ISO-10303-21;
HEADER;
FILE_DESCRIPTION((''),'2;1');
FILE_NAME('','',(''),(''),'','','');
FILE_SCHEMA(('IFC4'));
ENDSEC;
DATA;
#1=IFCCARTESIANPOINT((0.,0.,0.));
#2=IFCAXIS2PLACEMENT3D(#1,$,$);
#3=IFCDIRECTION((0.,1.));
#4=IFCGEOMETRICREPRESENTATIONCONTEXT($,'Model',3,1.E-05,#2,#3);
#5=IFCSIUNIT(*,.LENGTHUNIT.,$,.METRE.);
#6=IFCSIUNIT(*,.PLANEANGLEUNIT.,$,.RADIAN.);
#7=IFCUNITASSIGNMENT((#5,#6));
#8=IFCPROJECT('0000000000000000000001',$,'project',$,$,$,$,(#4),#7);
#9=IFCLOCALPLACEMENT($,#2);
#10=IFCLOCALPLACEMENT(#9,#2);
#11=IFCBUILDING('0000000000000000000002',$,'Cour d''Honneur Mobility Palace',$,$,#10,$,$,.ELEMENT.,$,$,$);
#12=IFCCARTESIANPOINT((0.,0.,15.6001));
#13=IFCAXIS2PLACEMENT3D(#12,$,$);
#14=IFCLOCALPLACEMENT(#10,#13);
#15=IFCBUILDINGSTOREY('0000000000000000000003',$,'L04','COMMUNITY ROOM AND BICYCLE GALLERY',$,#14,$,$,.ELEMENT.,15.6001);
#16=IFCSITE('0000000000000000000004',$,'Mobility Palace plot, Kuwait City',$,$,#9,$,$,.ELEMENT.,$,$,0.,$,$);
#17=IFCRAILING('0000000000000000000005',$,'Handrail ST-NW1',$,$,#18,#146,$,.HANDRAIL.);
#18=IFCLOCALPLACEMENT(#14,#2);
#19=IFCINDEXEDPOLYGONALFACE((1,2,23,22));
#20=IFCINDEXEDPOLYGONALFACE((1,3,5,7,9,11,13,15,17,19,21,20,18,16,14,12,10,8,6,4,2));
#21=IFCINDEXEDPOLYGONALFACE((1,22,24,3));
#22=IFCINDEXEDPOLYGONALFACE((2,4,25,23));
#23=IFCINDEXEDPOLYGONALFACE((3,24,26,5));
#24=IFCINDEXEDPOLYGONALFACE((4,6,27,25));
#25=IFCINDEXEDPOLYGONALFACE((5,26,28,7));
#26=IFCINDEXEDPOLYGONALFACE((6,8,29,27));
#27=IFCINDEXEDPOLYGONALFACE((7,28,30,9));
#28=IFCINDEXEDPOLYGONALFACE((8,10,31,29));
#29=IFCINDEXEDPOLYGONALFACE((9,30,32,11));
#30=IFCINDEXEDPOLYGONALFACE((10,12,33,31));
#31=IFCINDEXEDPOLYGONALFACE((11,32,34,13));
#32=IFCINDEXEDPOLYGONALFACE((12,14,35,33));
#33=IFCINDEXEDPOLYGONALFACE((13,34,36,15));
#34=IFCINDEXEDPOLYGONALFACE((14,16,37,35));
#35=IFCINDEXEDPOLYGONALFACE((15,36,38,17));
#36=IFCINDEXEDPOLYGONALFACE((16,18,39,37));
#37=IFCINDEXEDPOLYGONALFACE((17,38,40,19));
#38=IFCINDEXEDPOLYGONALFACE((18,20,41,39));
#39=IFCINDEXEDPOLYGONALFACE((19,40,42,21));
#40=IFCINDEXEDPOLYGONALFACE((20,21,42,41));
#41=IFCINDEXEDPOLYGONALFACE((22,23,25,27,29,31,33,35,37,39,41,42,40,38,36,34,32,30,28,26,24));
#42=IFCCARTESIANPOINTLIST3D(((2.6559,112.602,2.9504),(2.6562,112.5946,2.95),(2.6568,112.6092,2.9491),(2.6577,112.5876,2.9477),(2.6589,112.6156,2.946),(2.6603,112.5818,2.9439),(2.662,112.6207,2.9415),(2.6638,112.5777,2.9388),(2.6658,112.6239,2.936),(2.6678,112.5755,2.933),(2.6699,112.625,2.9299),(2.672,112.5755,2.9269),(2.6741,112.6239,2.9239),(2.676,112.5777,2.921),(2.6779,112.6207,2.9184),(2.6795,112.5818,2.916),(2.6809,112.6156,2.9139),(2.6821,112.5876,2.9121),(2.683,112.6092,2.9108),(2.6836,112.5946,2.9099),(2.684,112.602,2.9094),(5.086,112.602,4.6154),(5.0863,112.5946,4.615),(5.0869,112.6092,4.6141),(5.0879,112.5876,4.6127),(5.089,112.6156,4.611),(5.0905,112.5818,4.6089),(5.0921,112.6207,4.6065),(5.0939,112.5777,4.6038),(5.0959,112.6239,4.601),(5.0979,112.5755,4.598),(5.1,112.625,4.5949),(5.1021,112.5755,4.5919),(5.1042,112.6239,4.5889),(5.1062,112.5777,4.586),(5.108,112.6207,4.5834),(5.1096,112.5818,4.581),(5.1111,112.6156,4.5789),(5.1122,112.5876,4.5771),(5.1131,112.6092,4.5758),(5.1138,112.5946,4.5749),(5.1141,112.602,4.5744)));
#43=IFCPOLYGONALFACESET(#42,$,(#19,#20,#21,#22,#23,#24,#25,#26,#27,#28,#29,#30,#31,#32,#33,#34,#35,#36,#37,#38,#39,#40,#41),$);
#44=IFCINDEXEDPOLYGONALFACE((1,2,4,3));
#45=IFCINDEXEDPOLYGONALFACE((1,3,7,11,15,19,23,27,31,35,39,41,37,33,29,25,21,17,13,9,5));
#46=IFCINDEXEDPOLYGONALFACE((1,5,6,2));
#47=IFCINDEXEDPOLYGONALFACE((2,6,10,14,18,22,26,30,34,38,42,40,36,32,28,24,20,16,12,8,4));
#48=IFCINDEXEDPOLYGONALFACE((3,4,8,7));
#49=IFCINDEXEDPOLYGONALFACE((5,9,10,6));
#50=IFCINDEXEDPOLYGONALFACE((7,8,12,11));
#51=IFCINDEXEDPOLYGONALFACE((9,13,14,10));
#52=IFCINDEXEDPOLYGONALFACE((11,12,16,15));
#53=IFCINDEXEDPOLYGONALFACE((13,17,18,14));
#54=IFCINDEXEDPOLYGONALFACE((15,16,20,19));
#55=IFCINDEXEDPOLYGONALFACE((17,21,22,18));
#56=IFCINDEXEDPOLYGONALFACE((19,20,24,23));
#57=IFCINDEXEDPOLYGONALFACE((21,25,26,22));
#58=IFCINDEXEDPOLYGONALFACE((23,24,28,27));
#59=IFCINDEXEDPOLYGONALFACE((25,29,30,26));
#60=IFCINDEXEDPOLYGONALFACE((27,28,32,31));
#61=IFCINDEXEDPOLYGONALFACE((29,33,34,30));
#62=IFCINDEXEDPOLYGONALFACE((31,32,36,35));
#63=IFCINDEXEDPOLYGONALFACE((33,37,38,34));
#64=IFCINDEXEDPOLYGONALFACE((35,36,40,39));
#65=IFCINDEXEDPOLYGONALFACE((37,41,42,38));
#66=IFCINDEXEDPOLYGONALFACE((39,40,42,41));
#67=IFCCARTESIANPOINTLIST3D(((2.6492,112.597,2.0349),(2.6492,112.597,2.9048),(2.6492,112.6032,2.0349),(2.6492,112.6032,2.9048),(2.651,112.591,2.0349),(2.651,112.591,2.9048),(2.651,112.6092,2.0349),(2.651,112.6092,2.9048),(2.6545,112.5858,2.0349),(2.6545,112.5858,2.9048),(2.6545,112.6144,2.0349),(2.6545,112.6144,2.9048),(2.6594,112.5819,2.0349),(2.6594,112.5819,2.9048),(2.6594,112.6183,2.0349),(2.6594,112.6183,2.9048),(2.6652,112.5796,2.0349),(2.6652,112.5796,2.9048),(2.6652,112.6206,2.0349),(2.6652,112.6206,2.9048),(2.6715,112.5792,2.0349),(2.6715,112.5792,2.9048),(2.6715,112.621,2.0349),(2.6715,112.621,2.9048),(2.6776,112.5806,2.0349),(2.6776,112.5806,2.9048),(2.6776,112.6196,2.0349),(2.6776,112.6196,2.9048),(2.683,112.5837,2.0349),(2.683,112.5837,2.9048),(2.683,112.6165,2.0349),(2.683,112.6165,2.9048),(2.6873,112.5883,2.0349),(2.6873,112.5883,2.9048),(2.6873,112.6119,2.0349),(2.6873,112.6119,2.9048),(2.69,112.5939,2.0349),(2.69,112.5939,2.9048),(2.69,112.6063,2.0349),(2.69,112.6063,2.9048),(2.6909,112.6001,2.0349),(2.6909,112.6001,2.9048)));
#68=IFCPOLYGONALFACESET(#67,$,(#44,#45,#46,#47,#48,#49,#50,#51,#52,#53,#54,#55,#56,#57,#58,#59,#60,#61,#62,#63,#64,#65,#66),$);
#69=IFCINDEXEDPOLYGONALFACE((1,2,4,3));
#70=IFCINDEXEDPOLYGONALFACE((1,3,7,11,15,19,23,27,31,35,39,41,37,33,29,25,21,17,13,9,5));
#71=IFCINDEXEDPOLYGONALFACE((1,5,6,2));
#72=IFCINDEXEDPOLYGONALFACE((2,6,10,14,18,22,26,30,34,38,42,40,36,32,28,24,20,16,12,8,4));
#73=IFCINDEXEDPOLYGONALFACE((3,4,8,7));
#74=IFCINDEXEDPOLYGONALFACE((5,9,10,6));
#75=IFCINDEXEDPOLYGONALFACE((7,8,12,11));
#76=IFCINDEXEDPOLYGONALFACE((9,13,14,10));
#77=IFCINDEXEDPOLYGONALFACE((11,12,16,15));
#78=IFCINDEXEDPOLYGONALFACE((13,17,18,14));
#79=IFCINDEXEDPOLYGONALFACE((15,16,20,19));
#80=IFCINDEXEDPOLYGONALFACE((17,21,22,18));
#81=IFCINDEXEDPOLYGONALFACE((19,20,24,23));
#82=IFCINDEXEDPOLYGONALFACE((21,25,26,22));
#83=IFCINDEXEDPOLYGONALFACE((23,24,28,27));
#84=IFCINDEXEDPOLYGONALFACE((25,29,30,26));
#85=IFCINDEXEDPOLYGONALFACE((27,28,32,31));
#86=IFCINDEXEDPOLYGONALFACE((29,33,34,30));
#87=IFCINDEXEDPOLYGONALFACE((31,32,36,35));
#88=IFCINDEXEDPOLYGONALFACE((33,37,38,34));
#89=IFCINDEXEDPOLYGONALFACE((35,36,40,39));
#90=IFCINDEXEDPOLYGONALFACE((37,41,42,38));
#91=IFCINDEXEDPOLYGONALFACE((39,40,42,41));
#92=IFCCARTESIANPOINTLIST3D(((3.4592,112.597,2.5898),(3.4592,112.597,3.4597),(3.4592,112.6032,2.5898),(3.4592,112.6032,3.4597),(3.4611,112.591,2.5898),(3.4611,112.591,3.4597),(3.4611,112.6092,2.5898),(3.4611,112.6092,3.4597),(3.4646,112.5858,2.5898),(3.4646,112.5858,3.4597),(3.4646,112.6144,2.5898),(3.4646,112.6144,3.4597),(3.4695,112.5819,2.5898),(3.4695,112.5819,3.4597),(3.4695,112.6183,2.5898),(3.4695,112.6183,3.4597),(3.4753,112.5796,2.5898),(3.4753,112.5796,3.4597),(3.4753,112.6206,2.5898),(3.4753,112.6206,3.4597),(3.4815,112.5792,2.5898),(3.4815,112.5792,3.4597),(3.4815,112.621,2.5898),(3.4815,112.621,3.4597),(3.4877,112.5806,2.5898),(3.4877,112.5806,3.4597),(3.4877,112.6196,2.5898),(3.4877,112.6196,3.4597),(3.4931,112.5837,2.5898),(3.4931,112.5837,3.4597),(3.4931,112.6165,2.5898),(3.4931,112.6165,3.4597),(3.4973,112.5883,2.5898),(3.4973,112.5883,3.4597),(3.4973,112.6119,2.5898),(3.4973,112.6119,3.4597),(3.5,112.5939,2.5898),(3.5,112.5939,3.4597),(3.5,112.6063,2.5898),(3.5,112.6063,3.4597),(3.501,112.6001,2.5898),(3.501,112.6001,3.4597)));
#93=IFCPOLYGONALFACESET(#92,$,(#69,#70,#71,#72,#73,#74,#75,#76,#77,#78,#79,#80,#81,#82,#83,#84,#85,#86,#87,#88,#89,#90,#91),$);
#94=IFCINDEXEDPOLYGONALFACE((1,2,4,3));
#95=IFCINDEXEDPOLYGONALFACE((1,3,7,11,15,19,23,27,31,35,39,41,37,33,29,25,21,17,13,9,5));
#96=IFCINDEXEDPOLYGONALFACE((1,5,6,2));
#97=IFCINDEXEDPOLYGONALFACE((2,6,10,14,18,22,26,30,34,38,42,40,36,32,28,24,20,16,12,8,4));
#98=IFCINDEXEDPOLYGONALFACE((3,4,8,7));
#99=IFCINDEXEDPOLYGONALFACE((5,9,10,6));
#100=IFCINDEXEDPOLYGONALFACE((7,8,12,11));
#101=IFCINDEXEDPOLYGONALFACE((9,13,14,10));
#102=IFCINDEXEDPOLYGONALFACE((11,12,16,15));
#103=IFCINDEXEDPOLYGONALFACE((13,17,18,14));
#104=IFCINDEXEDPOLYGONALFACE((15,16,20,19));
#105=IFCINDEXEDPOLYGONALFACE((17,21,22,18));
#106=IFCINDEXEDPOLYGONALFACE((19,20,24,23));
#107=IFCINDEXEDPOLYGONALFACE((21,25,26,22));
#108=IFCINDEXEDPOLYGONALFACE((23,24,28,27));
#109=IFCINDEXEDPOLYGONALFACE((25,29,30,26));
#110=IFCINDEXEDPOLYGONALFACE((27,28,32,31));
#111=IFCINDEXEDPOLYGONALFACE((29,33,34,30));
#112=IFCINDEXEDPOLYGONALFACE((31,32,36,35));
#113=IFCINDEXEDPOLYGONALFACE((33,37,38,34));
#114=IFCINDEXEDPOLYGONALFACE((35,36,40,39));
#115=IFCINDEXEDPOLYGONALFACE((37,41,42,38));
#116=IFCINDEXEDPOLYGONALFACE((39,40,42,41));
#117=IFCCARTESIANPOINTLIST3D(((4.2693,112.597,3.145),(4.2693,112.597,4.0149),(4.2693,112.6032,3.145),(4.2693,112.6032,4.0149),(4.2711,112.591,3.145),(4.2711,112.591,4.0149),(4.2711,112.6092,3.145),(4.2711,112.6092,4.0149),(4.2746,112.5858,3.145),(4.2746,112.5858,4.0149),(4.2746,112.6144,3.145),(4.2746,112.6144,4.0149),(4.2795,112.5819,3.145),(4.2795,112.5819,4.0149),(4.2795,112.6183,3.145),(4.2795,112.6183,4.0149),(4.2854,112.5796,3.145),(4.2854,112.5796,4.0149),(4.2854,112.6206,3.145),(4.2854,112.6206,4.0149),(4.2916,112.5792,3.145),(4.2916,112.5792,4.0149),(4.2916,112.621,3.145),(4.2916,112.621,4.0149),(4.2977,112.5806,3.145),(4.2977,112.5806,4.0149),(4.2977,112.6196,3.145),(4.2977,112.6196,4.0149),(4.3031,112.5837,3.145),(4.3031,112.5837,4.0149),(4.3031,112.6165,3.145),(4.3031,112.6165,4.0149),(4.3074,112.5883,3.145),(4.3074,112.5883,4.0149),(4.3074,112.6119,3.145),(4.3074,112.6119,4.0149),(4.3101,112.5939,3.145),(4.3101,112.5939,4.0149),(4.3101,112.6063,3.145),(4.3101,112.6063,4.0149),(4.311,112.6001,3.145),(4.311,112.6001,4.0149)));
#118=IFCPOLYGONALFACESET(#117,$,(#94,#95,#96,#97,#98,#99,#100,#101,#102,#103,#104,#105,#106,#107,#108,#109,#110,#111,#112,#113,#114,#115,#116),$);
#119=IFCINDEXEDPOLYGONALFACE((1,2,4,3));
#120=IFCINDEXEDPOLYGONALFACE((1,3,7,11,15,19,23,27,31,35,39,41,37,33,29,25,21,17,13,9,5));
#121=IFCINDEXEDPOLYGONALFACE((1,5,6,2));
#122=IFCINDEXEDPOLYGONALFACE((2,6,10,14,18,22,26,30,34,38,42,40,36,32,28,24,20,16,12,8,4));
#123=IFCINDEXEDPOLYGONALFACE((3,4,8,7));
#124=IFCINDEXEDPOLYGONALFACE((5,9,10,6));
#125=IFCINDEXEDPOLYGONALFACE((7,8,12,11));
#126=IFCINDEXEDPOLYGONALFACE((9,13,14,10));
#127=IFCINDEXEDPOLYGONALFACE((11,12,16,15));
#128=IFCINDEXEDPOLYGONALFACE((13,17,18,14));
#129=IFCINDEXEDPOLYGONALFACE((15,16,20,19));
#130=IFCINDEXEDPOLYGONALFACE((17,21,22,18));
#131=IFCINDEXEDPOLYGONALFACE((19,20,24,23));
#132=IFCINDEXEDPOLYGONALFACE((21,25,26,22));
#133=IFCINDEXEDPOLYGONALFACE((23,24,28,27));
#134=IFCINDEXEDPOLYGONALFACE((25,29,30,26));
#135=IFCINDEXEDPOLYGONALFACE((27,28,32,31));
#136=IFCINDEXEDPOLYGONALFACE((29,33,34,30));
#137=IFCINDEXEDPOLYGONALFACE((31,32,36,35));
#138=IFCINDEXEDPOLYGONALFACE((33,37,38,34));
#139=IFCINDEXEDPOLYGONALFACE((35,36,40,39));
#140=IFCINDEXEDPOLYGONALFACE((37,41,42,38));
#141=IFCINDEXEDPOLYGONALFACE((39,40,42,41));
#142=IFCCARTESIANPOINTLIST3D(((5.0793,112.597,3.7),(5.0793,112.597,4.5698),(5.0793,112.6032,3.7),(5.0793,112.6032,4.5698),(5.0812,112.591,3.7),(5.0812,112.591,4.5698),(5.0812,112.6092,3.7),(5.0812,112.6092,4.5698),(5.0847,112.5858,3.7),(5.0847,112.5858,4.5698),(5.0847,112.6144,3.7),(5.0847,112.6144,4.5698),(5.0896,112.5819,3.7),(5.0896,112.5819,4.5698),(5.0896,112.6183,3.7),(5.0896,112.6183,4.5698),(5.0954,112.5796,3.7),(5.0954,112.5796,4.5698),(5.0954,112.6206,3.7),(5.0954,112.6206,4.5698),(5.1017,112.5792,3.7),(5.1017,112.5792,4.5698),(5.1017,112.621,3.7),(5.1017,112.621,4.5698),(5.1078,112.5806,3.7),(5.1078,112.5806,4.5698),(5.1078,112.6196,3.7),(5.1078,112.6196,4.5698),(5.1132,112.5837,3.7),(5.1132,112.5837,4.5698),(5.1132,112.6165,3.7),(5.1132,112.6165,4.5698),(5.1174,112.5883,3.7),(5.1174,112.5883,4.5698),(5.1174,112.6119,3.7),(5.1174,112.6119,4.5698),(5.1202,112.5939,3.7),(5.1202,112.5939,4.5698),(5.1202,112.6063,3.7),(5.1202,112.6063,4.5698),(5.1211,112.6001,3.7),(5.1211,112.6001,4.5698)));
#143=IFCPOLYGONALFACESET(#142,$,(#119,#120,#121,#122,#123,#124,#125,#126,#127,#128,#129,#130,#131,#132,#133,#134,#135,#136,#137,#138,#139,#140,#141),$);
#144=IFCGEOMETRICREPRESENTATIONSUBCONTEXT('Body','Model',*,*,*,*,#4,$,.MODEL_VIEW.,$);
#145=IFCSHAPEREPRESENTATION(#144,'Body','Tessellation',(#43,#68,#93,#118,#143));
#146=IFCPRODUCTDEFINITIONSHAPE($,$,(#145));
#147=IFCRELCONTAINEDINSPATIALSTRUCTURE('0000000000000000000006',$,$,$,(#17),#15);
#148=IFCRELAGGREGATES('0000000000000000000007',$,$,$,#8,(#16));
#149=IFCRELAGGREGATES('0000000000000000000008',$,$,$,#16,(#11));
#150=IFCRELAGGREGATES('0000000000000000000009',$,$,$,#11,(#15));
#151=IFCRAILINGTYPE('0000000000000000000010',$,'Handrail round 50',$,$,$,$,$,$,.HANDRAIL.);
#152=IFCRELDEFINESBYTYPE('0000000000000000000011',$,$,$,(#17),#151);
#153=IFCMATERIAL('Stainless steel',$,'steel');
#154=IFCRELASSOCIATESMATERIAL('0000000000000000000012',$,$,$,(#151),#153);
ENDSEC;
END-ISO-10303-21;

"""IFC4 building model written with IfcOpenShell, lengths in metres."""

from ifc_helpers import new_model, si_unit, direction, frame, origin, origin_2d, place, context, subcontext, project, spatial, circle, extrude, material, type_object, element, save


model = new_model("IFC4")

# Units and contexts
model_context = context("Model", 3, precision=1e-05, world=origin(), true_north=direction((0.0, 1.0)))
body_context = subcontext(model_context, "Body", "Model", "MODEL_VIEW")
ifc_project = project(units=[si_unit("LENGTHUNIT", "METRE"), si_unit("PLANEANGLEUNIT", "RADIAN")], contexts=[model_context])

# Site, building, storey
site_placement = place(None, origin())
site = spatial("IfcSite", under=ifc_project, at=site_placement, Name="Mobility Palace plot, Kuwait City", CompositionType="ELEMENT", RefElevation=0.0)
building_placement = place(site_placement, origin())
building = spatial("IfcBuilding", under=site, at=building_placement, Name="Cour d'Honneur Mobility Palace", CompositionType="ELEMENT")
storey_placement = place(building_placement, frame((0.0, 0.0, 15.6001)))
storey = spatial("IfcBuildingStorey", under=building, at=storey_placement, Name="L04", Description="COMMUNITY ROOM AND BICYCLE GALLERY", CompositionType="ELEMENT", Elevation=15.6001)

# Railing
ifc_material_1 = material(Name="Stainless steel", Category="steel")
railing_type_1 = type_object("IfcRailingType", Name="Handrail round 50", PredefinedType="HANDRAIL", material=ifc_material_1)
railing_1_placement = place(storey_placement, frame((2.6699, 112.6001, 2.0349)))
element("IfcRailing", 1, at=railing_1_placement, inside=storey, type_object=railing_type_1, Name="Handrail ST-NW1", PredefinedType="HANDRAIL", context=body_context, shape_type="SweptSolid", body=[
    extrude(circle(Radius=0.0249, at=origin_2d()), frame((0.0, 0.0, 0.895), z_axis=(0.824945, 0.0, 0.565213), x_axis=(0.0, 1.0, 0.0)), (0.0, 0.0, 1.0), 2.9458),
    extrude(circle(Radius=0.021, at=origin_2d()), origin(), (0.0, 0.0, 1.0), 0.8699),
    extrude(circle(Radius=0.021, at=origin_2d()), frame((0.8101, 0.0, 0.5549)), (0.0, 0.0, 1.0), 0.8699),
    extrude(circle(Radius=0.021, at=origin_2d()), frame((1.6201, 0.0, 1.1101)), (0.0, 0.0, 1.0), 0.8699),
    extrude(circle(Radius=0.021, at=origin_2d()), frame((2.4302, 0.0, 1.665)), (0.0, 0.0, 1.0), 0.8699),
])

save(model, "model.ifc")
